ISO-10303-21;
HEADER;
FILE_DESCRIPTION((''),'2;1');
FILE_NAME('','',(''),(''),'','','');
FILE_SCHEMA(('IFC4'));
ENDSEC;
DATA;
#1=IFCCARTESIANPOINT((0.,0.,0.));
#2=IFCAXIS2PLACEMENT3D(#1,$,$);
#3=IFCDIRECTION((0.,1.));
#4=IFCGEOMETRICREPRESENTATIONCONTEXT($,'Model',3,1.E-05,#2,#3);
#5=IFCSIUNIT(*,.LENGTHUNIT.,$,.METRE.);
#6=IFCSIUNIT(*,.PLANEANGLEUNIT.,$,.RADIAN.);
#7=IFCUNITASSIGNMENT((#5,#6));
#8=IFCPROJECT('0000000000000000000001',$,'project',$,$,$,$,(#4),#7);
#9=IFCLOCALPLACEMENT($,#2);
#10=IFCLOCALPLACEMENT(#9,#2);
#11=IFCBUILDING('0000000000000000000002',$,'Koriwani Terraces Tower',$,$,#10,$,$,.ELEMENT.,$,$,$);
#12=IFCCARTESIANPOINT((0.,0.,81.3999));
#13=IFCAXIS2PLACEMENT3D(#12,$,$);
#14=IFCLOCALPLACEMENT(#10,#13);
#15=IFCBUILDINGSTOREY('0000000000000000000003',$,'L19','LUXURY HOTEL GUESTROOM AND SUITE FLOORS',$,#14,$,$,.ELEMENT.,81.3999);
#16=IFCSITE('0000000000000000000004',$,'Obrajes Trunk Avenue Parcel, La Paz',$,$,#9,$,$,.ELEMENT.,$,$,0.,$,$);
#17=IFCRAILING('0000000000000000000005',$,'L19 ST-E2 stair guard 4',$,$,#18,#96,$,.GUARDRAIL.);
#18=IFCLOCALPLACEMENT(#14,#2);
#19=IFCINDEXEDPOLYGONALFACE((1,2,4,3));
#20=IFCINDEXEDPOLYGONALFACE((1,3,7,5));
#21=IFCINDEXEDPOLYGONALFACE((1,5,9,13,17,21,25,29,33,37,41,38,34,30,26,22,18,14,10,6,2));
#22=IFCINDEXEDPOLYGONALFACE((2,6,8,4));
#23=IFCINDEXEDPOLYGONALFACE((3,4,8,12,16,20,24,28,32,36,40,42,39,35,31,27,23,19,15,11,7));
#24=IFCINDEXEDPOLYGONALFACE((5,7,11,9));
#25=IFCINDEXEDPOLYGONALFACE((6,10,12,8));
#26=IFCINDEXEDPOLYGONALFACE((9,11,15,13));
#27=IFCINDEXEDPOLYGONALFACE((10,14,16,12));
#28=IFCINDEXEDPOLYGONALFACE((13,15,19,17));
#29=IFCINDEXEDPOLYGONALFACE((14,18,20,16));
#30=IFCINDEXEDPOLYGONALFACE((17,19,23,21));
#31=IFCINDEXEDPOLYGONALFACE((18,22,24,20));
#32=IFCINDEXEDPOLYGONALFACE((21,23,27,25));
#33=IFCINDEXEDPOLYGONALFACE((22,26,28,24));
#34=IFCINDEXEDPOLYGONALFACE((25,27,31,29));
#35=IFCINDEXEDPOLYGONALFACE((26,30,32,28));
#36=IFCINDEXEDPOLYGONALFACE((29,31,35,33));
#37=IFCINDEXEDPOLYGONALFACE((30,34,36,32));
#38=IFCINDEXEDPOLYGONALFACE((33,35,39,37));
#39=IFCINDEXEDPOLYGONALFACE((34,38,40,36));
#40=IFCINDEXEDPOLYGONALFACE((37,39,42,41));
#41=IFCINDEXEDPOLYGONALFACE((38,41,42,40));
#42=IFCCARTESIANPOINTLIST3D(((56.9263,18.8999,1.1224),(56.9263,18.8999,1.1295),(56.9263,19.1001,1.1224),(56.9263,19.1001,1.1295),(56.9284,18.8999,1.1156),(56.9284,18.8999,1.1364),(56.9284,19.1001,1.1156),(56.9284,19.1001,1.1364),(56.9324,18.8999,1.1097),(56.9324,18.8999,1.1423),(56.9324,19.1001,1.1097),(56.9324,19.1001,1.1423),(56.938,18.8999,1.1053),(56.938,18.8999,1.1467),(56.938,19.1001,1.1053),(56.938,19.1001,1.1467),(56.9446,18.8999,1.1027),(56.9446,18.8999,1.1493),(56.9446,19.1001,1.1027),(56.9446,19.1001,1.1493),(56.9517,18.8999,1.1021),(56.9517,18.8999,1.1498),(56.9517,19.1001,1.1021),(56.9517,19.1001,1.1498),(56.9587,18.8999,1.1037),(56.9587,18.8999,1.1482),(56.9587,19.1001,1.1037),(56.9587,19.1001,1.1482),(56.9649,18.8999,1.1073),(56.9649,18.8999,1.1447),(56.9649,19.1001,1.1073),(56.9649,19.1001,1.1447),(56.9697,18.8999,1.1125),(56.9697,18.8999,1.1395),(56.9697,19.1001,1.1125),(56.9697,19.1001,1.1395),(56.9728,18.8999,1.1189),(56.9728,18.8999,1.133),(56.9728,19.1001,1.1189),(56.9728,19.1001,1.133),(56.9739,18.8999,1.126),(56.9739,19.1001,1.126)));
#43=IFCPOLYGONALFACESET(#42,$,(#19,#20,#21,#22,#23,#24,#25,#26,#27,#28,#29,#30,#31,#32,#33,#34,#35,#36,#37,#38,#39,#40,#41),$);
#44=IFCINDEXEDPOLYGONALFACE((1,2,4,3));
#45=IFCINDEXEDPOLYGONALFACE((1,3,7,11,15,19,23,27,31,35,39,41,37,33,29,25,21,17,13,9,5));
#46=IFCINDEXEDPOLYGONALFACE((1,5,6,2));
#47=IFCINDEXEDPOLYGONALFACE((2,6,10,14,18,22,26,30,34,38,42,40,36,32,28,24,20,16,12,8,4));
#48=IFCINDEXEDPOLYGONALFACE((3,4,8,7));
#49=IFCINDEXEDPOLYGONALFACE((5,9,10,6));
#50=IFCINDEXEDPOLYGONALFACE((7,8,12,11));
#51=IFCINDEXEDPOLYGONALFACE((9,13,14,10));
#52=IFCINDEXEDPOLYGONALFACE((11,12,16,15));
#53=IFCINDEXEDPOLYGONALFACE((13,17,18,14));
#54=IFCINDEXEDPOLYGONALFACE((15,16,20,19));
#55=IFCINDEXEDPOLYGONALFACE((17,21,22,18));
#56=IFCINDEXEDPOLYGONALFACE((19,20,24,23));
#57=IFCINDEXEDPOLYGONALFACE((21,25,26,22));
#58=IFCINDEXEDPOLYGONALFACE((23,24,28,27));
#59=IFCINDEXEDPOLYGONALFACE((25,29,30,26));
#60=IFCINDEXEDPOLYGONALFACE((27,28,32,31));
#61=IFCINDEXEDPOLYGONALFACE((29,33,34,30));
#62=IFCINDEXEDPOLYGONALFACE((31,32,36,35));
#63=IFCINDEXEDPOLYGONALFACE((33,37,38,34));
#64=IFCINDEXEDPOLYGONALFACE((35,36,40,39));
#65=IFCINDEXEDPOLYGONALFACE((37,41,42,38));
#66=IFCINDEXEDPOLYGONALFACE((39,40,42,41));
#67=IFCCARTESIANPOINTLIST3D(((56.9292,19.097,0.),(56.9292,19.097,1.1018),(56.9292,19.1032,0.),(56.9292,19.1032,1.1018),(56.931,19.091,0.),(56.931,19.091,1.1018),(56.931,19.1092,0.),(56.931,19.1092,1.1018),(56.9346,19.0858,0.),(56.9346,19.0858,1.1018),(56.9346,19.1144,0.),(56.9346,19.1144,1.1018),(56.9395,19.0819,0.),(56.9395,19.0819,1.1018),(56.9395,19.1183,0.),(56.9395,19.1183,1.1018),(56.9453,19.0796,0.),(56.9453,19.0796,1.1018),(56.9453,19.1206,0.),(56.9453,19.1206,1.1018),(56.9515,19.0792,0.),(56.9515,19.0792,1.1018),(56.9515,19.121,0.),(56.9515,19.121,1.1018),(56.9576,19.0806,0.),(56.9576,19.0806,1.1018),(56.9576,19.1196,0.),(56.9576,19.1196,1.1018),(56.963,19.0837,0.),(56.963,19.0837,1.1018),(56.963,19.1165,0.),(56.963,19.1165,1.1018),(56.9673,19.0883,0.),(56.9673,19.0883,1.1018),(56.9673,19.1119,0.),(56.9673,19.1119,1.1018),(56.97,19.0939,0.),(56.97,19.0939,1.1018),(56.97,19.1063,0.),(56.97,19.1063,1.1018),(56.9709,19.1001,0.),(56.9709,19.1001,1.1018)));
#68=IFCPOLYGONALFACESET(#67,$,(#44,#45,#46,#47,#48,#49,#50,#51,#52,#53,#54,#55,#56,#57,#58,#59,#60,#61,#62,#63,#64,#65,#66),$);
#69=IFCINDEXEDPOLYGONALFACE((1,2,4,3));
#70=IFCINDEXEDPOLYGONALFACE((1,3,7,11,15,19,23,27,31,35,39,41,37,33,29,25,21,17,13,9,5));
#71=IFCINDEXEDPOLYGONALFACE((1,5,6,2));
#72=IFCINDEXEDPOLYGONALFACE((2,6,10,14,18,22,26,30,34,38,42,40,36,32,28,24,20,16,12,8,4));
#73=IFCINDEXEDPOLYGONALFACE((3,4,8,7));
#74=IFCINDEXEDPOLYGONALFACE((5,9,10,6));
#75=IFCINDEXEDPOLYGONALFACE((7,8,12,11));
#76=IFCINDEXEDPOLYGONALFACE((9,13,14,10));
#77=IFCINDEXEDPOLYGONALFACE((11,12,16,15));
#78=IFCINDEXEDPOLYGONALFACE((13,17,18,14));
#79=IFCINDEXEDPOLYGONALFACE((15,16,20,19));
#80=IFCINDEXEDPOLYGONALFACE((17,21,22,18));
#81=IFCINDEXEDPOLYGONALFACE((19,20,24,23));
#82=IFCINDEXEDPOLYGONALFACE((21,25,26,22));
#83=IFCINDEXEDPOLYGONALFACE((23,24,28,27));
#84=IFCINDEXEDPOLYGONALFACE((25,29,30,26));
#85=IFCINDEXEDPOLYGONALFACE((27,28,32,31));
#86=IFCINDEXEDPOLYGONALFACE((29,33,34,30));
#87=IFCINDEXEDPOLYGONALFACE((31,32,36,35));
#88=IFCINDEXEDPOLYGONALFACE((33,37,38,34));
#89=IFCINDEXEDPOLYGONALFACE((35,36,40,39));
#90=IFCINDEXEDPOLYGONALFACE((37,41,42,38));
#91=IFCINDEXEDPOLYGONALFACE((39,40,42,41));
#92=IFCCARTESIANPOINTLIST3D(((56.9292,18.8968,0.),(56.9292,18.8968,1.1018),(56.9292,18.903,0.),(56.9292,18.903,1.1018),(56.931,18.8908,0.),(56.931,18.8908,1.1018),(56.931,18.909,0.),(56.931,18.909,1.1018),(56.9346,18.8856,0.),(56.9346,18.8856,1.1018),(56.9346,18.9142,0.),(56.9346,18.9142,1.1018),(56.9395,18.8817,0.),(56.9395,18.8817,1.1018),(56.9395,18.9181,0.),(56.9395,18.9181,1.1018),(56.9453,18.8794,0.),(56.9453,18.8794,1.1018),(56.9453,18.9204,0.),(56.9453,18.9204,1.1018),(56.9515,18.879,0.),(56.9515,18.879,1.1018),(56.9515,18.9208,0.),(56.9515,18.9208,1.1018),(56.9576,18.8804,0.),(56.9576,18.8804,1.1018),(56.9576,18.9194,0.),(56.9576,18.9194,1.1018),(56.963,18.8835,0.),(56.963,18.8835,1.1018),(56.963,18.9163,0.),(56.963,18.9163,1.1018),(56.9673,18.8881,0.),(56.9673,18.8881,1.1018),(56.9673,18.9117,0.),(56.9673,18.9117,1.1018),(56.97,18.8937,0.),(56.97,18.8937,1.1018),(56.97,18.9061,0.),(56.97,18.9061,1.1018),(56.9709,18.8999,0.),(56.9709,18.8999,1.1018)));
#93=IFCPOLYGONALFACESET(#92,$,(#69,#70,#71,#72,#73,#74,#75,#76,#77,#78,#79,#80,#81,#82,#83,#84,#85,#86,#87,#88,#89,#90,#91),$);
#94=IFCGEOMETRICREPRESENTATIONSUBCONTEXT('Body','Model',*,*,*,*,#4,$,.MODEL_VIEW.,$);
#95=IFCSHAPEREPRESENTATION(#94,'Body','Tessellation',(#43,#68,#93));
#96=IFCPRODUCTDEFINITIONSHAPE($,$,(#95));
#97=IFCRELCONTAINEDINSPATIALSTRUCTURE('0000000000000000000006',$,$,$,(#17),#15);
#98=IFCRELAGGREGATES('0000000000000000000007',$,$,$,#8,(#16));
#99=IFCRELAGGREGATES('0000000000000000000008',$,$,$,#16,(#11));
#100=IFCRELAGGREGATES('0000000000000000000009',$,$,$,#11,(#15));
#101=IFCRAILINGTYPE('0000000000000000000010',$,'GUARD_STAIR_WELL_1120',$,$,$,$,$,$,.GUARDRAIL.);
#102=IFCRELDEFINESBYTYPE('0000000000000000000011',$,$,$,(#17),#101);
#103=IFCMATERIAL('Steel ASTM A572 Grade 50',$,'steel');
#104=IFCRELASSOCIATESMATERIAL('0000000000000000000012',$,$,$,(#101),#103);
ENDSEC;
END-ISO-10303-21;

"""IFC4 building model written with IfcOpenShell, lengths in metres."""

from ifc_helpers import new_model, si_unit, direction, frame, origin, origin_2d, place, context, subcontext, project, spatial, circle, extrude, material, type_object, element, save


model = new_model("IFC4")

# Units and contexts
model_context = context("Model", 3, precision=1e-05, world=origin(), true_north=direction((0.0, 1.0)))
body_context = subcontext(model_context, "Body", "Model", "MODEL_VIEW")
ifc_project = project(units=[si_unit("LENGTHUNIT", "METRE"), si_unit("PLANEANGLEUNIT", "RADIAN")], contexts=[model_context])

# Site, building, storey
site_placement = place(None, origin())
site = spatial("IfcSite", under=ifc_project, at=site_placement, Name="Obrajes Trunk Avenue Parcel, La Paz", CompositionType="ELEMENT", RefElevation=0.0)
building_placement = place(site_placement, origin())
building = spatial("IfcBuilding", under=site, at=building_placement, Name="Koriwani Terraces Tower", CompositionType="ELEMENT")
storey_placement = place(building_placement, frame((0.0, 0.0, 81.3999)))
storey = spatial("IfcBuildingStorey", under=building, at=storey_placement, Name="L19", Description="LUXURY HOTEL GUESTROOM AND SUITE FLOORS", CompositionType="ELEMENT", Elevation=81.3999)

# Shared definitions
ifc_material_1 = material(Name="Steel ASTM A572 Grade 50", Category="steel")

# Railing
railing_type_1 = type_object("IfcRailingType", Name="GUARD_STAIR_WELL_1120", PredefinedType="GUARDRAIL", material=ifc_material_1)
railing_1_placement = place(storey_placement, frame((56.95, 19.1001, 0.0)))
element("IfcRailing", 1, at=railing_1_placement, inside=storey, type_object=railing_type_1, Name="L19 ST-E2 stair guard 4", PredefinedType="GUARDRAIL", context=body_context, shape_type="SweptSolid", body=[
    extrude(circle(Radius=0.0239, at=origin_2d()), frame((0.0, 0.0, 1.126), z_axis=(0.0, -1.0, 0.0), x_axis=(1.0, 0.0, 0.0)), (0.0, 0.0, 1.0), 0.2002),
    extrude(circle(Radius=0.021, at=origin_2d()), origin(), (0.0, 0.0, 1.0), 1.1018),
    extrude(circle(Radius=0.021, at=origin_2d()), frame((0.0, -0.2002, 0.0)), (0.0, 0.0, 1.0), 1.1018),
])

save(model, "model.ifc")
